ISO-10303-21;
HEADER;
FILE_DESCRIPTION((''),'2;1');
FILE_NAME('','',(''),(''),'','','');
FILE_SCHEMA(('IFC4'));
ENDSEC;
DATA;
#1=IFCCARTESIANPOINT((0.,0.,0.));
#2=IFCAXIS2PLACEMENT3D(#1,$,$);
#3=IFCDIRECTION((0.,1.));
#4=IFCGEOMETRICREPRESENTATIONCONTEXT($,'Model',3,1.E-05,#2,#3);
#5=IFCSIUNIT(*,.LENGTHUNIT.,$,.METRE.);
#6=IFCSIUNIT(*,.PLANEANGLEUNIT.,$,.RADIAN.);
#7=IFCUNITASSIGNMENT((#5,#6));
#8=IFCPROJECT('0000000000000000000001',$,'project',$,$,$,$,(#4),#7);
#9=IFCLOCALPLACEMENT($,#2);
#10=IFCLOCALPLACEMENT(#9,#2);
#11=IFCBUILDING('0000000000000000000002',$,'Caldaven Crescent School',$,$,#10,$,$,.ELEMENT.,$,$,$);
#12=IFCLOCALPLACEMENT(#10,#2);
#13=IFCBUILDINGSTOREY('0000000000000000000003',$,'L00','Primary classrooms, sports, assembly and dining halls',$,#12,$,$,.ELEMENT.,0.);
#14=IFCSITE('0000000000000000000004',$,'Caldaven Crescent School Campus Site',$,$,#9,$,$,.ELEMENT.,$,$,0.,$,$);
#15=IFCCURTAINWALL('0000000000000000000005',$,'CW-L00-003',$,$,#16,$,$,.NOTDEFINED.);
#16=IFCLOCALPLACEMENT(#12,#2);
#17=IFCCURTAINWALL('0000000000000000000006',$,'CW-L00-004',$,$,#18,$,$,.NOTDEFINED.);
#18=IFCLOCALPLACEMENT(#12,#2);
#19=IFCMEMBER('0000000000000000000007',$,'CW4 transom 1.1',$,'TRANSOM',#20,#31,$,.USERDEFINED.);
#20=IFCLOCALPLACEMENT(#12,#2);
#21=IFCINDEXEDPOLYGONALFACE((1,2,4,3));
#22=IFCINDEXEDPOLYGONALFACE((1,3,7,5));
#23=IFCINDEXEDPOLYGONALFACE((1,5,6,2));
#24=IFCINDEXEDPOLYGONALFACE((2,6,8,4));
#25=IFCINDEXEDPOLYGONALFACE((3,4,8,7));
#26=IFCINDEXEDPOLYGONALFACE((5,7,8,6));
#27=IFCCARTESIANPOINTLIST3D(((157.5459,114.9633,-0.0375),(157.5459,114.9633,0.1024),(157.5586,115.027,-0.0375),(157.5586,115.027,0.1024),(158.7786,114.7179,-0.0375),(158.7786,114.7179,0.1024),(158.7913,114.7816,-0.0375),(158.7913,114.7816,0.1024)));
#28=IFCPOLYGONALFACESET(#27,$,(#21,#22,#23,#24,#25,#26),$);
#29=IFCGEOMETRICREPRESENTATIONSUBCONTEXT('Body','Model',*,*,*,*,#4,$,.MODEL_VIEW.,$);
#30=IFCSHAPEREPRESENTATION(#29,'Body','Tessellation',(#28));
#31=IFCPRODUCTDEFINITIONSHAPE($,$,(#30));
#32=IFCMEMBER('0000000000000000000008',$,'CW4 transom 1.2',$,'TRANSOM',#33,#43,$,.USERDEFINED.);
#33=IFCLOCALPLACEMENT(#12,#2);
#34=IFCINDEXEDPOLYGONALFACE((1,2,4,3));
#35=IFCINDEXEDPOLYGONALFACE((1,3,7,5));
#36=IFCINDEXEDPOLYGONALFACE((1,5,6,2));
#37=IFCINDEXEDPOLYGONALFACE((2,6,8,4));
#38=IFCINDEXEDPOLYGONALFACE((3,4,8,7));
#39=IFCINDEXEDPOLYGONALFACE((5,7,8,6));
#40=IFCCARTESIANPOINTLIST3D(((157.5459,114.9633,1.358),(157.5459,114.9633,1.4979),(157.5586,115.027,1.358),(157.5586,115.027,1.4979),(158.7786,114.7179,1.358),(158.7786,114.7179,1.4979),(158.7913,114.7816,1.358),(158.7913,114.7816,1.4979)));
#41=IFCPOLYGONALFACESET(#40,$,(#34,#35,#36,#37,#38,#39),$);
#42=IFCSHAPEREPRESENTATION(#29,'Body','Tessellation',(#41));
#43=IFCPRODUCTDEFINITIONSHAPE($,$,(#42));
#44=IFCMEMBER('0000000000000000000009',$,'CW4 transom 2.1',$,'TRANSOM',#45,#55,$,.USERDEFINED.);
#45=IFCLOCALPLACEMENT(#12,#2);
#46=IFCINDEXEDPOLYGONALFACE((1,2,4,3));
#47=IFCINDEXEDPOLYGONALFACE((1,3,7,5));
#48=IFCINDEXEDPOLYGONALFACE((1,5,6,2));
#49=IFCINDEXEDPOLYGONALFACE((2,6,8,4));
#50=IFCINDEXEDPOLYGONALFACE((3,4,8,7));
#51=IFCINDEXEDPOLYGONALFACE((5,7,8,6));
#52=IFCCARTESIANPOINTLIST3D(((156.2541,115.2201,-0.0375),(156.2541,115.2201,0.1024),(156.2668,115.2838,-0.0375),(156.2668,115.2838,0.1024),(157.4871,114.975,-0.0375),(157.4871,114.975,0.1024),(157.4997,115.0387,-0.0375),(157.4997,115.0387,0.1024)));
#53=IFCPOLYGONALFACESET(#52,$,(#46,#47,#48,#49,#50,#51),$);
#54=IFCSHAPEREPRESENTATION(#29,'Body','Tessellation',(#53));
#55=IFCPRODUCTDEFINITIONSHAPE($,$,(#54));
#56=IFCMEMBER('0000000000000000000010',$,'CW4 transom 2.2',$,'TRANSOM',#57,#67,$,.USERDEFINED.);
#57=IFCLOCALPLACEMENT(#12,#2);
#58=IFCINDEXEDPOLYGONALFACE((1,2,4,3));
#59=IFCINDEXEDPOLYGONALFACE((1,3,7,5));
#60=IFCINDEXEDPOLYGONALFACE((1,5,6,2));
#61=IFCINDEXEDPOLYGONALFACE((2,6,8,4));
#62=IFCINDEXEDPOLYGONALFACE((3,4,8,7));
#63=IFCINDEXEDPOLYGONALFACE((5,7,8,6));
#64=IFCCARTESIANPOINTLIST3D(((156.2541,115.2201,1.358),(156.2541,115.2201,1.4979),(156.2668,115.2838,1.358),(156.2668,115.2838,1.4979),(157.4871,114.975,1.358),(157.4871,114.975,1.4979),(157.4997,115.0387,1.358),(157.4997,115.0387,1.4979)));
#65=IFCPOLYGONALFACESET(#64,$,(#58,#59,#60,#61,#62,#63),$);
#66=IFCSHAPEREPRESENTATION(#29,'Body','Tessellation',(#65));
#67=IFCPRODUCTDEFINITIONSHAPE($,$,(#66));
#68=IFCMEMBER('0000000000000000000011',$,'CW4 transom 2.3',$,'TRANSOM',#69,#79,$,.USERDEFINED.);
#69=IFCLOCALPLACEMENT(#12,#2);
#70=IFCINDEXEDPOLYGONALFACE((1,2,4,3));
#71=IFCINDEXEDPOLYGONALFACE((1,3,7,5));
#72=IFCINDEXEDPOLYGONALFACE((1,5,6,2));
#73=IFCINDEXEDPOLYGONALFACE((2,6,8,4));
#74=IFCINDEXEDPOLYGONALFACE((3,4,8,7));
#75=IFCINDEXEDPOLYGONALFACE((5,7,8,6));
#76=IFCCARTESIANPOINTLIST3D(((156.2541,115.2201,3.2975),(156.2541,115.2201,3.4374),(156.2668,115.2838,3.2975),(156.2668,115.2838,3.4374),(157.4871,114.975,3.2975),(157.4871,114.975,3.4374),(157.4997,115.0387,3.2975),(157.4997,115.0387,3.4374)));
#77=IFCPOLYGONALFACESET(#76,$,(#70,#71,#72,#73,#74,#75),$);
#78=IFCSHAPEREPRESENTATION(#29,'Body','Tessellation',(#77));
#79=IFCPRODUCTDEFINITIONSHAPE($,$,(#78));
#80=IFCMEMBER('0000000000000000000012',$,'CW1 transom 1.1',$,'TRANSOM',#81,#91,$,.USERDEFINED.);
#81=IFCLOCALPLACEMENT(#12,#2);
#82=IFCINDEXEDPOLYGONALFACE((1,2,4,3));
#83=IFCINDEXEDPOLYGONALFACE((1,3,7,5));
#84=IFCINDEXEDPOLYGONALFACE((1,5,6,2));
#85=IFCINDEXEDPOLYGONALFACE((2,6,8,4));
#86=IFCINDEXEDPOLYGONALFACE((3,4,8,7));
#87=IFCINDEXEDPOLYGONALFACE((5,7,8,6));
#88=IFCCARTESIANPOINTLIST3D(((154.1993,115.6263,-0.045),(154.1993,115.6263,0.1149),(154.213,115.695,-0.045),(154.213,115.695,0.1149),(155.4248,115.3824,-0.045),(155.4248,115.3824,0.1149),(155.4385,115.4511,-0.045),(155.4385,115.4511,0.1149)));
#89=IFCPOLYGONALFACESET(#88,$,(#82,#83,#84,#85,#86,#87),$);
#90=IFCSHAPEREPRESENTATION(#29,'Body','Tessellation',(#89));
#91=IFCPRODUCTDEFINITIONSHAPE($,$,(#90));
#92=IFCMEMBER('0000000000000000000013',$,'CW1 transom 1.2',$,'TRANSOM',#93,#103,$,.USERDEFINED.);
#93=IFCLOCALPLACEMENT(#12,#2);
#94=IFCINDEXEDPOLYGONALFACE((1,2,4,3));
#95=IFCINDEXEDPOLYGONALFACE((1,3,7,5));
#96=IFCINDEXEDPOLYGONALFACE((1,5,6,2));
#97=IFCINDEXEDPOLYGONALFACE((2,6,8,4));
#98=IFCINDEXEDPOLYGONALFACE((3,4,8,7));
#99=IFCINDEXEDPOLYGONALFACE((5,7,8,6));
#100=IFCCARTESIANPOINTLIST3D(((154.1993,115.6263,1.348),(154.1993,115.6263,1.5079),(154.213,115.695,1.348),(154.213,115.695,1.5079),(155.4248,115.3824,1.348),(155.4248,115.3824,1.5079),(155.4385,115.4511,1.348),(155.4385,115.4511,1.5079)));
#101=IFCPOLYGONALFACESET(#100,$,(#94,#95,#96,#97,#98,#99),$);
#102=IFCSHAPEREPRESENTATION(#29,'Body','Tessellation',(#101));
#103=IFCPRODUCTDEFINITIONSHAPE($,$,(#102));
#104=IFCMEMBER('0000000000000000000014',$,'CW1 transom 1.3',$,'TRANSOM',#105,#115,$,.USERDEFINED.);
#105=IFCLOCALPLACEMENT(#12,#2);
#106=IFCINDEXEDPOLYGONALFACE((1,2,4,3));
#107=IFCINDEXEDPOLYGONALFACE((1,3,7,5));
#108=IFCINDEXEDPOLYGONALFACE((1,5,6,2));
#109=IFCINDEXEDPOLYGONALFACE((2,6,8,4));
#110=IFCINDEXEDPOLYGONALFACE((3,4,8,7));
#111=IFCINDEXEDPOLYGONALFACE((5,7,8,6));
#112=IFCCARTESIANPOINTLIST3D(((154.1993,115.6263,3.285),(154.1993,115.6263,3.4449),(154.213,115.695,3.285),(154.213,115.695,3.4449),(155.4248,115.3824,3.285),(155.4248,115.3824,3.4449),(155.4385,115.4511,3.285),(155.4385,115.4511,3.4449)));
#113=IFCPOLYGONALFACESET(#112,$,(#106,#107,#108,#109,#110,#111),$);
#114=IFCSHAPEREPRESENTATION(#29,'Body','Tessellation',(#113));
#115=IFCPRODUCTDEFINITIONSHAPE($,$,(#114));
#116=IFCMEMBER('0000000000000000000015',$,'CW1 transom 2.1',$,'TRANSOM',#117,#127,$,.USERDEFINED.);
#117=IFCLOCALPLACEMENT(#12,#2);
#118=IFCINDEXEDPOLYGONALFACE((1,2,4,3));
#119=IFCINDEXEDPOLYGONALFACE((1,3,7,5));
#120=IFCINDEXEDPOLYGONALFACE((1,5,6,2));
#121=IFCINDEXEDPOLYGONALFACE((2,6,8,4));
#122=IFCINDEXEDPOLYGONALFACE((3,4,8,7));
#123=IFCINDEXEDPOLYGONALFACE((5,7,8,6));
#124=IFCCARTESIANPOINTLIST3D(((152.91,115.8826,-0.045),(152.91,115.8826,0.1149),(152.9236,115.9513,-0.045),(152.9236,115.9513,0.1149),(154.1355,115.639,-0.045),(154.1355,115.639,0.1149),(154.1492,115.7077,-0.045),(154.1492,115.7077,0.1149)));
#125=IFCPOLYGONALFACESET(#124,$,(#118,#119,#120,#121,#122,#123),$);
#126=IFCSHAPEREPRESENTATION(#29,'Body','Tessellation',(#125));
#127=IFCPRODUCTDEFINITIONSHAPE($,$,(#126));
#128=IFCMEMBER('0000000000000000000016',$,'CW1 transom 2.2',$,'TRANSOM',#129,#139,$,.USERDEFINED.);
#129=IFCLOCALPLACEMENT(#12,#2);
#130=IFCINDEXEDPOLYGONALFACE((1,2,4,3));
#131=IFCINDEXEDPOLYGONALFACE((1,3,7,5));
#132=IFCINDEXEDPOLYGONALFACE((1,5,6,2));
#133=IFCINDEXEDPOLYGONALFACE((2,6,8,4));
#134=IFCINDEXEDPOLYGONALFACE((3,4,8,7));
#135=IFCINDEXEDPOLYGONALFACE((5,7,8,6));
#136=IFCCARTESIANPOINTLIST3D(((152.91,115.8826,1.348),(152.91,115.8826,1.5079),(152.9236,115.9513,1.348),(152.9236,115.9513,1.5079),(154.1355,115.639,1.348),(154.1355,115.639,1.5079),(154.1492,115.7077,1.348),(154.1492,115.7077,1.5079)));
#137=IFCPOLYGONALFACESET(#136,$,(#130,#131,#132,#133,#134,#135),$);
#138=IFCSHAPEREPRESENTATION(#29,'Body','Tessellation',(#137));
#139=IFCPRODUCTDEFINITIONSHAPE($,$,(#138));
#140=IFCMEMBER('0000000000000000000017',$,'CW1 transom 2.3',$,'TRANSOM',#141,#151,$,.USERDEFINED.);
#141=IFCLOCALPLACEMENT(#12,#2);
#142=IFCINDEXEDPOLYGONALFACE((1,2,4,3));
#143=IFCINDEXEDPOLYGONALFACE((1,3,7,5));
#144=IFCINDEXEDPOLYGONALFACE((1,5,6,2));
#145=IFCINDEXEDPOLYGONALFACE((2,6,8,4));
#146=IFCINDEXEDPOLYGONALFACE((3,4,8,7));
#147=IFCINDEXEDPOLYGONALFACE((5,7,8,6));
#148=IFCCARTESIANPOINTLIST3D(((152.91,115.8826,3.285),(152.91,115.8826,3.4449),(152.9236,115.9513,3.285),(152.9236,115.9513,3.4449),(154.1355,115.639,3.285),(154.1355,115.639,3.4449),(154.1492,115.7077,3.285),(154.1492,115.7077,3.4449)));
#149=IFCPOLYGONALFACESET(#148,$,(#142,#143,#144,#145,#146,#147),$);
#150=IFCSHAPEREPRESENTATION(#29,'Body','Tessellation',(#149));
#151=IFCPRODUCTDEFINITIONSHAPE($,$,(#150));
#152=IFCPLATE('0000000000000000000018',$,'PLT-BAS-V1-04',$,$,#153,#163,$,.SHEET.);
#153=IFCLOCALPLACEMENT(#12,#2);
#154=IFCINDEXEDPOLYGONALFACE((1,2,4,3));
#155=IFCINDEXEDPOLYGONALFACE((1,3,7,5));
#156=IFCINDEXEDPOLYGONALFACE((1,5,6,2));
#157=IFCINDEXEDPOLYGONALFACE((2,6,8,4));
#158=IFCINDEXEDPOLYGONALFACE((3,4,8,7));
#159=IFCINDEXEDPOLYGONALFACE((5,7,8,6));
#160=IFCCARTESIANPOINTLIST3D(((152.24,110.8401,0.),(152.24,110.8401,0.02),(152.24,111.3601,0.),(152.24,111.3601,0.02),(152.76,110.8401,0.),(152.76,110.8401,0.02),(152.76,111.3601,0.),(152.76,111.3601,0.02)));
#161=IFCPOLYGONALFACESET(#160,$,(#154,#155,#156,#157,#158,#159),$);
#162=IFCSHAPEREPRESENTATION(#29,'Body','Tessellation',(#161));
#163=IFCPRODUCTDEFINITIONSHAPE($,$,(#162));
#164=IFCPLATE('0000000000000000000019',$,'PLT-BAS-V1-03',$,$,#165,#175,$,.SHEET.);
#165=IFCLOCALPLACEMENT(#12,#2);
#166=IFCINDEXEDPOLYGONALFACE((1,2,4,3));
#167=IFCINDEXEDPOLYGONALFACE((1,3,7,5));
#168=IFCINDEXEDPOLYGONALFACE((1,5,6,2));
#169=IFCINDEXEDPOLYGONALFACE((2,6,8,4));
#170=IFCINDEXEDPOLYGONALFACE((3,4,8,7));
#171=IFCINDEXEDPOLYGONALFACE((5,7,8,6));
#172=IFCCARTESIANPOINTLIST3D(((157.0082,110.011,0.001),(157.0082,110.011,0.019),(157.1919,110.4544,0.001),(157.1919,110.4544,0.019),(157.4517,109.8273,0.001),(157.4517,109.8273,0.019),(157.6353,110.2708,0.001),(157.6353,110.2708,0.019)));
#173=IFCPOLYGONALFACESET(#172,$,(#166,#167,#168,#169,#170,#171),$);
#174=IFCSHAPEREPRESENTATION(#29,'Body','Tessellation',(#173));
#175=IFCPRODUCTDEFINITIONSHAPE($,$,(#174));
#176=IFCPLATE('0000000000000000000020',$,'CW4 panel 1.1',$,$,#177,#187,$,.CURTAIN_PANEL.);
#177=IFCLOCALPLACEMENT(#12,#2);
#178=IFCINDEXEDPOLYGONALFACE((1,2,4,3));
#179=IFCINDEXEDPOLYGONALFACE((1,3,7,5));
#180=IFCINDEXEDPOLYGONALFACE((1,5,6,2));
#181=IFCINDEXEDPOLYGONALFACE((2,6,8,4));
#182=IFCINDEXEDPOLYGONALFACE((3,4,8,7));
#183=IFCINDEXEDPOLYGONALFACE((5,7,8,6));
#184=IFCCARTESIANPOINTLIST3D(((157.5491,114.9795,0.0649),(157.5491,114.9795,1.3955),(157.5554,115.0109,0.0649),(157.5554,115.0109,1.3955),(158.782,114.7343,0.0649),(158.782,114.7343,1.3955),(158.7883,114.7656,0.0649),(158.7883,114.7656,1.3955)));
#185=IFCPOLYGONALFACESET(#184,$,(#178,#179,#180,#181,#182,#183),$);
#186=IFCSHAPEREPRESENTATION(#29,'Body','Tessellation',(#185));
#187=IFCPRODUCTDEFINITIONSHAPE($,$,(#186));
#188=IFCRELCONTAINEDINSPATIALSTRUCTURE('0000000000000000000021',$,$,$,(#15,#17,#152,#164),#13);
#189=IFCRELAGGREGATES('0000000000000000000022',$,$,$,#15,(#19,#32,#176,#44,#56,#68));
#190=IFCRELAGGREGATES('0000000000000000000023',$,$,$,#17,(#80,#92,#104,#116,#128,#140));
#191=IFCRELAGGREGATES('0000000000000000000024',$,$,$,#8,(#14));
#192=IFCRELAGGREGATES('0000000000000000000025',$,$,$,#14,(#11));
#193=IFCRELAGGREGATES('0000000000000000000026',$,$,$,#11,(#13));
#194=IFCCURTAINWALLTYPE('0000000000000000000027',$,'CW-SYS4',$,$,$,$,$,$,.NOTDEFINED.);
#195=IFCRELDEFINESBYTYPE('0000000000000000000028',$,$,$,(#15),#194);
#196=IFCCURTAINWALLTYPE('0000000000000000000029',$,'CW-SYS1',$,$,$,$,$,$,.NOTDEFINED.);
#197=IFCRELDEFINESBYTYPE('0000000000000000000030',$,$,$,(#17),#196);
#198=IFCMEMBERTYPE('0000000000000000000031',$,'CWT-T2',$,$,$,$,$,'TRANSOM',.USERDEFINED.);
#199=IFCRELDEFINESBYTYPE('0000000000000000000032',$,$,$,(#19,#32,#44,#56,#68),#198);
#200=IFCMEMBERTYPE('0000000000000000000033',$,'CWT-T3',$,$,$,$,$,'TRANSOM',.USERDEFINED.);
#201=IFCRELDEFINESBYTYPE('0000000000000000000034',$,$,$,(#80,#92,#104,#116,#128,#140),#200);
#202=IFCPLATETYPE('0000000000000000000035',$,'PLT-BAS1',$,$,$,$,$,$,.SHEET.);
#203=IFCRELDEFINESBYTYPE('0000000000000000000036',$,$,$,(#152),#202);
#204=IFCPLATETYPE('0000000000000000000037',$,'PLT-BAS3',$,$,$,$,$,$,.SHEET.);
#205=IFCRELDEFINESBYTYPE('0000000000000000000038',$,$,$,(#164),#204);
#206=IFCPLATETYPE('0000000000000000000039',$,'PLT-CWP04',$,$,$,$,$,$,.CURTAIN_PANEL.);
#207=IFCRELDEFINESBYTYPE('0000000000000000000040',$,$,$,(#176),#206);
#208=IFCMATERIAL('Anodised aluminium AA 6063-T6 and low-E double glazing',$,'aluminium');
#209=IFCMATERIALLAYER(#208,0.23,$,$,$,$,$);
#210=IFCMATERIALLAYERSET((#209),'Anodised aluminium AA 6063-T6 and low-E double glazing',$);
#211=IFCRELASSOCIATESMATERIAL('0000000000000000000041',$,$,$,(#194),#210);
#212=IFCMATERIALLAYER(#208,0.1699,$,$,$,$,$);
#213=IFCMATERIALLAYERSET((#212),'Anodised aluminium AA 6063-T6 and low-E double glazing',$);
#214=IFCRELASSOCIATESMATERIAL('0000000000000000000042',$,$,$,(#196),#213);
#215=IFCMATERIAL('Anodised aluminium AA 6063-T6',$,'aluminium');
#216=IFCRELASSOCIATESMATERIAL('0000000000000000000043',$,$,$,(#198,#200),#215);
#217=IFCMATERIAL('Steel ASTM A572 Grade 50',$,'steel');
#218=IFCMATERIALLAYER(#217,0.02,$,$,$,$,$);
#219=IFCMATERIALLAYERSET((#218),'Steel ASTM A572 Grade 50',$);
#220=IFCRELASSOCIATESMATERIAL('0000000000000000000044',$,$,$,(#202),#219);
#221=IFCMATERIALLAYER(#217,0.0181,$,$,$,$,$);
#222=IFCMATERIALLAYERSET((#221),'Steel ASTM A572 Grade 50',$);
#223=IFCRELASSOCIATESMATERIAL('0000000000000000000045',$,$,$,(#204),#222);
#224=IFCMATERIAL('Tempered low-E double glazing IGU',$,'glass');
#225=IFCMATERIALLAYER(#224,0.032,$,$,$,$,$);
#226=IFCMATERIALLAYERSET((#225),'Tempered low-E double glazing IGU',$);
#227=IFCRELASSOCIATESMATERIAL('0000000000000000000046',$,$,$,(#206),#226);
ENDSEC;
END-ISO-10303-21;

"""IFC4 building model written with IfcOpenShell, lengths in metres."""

from ifc_helpers import new_model, si_unit, direction, frame, origin, origin_2d, place, context, subcontext, project, spatial, rectangle, extrude, material, layer, layer_set, material_profile, profile_set, type_object, element, aggregate, save


model = new_model("IFC4")

# Units and contexts
model_context = context("Model", 3, precision=1e-05, world=origin(), true_north=direction((0.0, 1.0)))
body_context = subcontext(model_context, "Body", "Model", "MODEL_VIEW")
ifc_project = project(units=[si_unit("LENGTHUNIT", "METRE"), si_unit("PLANEANGLEUNIT", "RADIAN")], contexts=[model_context])

# Site, building, storey
site_placement = place(None, origin())
site = spatial("IfcSite", under=ifc_project, at=site_placement, Name="Caldaven Crescent School Campus Site", CompositionType="ELEMENT", RefElevation=0.0)
building_placement = place(site_placement, origin())
building = spatial("IfcBuilding", under=site, at=building_placement, Name="Caldaven Crescent School", CompositionType="ELEMENT")
storey_placement = place(building_placement, origin())
storey = spatial("IfcBuildingStorey", under=building, at=storey_placement, Name="L00", Description="Primary classrooms, sports, assembly and dining halls", CompositionType="ELEMENT", Elevation=0.0)

# Curtain walls
ifc_material_1 = material(Name="Anodised aluminium AA 6063-T6 and low-E double glazing", Category="aluminium")
ifc_layer_1 = layer(ifc_material_1, 0.23)
ifc_layer_set_1 = layer_set([ifc_layer_1], Name="Anodised aluminium AA 6063-T6 and low-E double glazing")
curtain_wall_type_1 = type_object("IfcCurtainWallType", Name="CW-SYS4", PredefinedType="NOTDEFINED", material=ifc_layer_set_1)
curtain_wall_1_placement = place(storey_placement, origin())
curtain_wall_1 = element("IfcCurtainWall", 1, at=curtain_wall_1_placement, inside=storey, type_object=curtain_wall_type_1, Name="CW-L00-003", PredefinedType="NOTDEFINED")
ifc_material_2 = material(Name="Anodised aluminium AA 6063-T6", Category="aluminium")
ifc_layer_2 = layer(ifc_material_1, 0.1699)
ifc_layer_set_2 = layer_set([ifc_layer_2], Name="Anodised aluminium AA 6063-T6 and low-E double glazing")
curtain_wall_type_2 = type_object("IfcCurtainWallType", Name="CW-SYS1", PredefinedType="NOTDEFINED", material=ifc_layer_set_2)
curtain_wall_2_placement = place(storey_placement, origin())
curtain_wall_2 = element("IfcCurtainWall", 2, at=curtain_wall_2_placement, inside=storey, type_object=curtain_wall_type_2, Name="CW-L00-004", PredefinedType="NOTDEFINED")

# Members
ifc_material_profile_1 = material_profile(ifc_material_2, rectangle(XDim=0.0649, YDim=0.1399, at=origin_2d()), Name="CWT 65x140")
ifc_profile_set_1 = profile_set([ifc_material_profile_1], Name="Anodised aluminium AA 6063-T6")
member_type_1 = type_object("IfcMemberType", Name="CWT-T2", ElementType="TRANSOM", PredefinedType="USERDEFINED", material=ifc_profile_set_1)
member_1_placement = place(storey_placement, frame((158.7849, 114.7498, 0.0325), z_axis=(-0.98076, 0.19522, 0.0), x_axis=(-0.19522, -0.98076, 0.0)))
member_1 = element("IfcMember", 3, at=member_1_placement, type_object=member_type_1, Name="CW4 transom 1.1", ObjectType="TRANSOM", PredefinedType="USERDEFINED", context=body_context, shape_type="SweptSolid", body=[
    extrude(rectangle(XDim=0.0649, YDim=0.1399, at=origin_2d()), origin(), (0.0, 0.0, 1.0), 1.2568),
])
member_2_placement = place(storey_placement, frame((158.7849, 114.7498, 1.428), z_axis=(-0.98076, 0.19522, 0.0), x_axis=(-0.19522, -0.98076, 0.0)))
member_2 = element("IfcMember", 4, at=member_2_placement, type_object=member_type_1, Name="CW4 transom 1.2", ObjectType="TRANSOM", PredefinedType="USERDEFINED", context=body_context, shape_type="SweptSolid", body=[
    extrude(rectangle(XDim=0.0649, YDim=0.1399, at=origin_2d()), origin(), (0.0, 0.0, 1.0), 1.2568),
])
member_3_placement = place(storey_placement, frame((157.4934, 115.0068, 0.0325), z_axis=(-0.980804, 0.194996, 0.0), x_axis=(-0.194996, -0.980804, 0.0)))
member_3 = element("IfcMember", 5, at=member_3_placement, type_object=member_type_1, Name="CW4 transom 2.1", ObjectType="TRANSOM", PredefinedType="USERDEFINED", context=body_context, shape_type="SweptSolid", body=[
    extrude(rectangle(XDim=0.0649, YDim=0.1399, at=origin_2d()), origin(), (0.0, 0.0, 1.0), 1.2571),
])
member_4_placement = place(storey_placement, frame((157.4934, 115.0068, 1.428), z_axis=(-0.980804, 0.194996, 0.0), x_axis=(-0.194996, -0.980804, 0.0)))
member_4 = element("IfcMember", 6, at=member_4_placement, type_object=member_type_1, Name="CW4 transom 2.2", ObjectType="TRANSOM", PredefinedType="USERDEFINED", context=body_context, shape_type="SweptSolid", body=[
    extrude(rectangle(XDim=0.0649, YDim=0.1399, at=origin_2d()), origin(), (0.0, 0.0, 1.0), 1.2571),
])
member_5_placement = place(storey_placement, frame((157.4934, 115.0068, 3.3674), z_axis=(-0.980804, 0.194996, 0.0), x_axis=(-0.194996, -0.980804, 0.0)))
member_5 = element("IfcMember", 7, at=member_5_placement, type_object=member_type_1, Name="CW4 transom 2.3", ObjectType="TRANSOM", PredefinedType="USERDEFINED", context=body_context, shape_type="SweptSolid", body=[
    extrude(rectangle(XDim=0.0649, YDim=0.1399, at=origin_2d()), origin(), (0.0, 0.0, 1.0), 1.2571),
])
ifc_material_profile_2 = material_profile(ifc_material_2, rectangle(XDim=0.0701, YDim=0.1599, at=origin_2d()), Name="CWT 70x160")
ifc_profile_set_2 = profile_set([ifc_material_profile_2], Name="Anodised aluminium AA 6063-T6")
member_type_2 = type_object("IfcMemberType", Name="CWT-T3", ElementType="TRANSOM", PredefinedType="USERDEFINED", material=ifc_profile_set_2)
member_6_placement = place(storey_placement, frame((155.4316, 115.4167, 0.0349), z_axis=(-0.980768, 0.195177, 0.0), x_axis=(-0.195177, -0.980768, 0.0)))
member_6 = element("IfcMember", 8, at=member_6_placement, type_object=member_type_2, Name="CW1 transom 1.1", ObjectType="TRANSOM", PredefinedType="USERDEFINED", context=body_context, shape_type="SweptSolid", body=[
    extrude(rectangle(XDim=0.0701, YDim=0.1599, at=origin_2d()), origin(), (0.0, 0.0, 1.0), 1.2495),
])
member_7_placement = place(storey_placement, frame((155.4316, 115.4167, 1.428), z_axis=(-0.980768, 0.195177, 0.0), x_axis=(-0.195177, -0.980768, 0.0)))
member_7 = element("IfcMember", 9, at=member_7_placement, type_object=member_type_2, Name="CW1 transom 1.2", ObjectType="TRANSOM", PredefinedType="USERDEFINED", context=body_context, shape_type="SweptSolid", body=[
    extrude(rectangle(XDim=0.0701, YDim=0.1599, at=origin_2d()), origin(), (0.0, 0.0, 1.0), 1.2495),
])
member_8_placement = place(storey_placement, frame((155.4316, 115.4167, 3.365), z_axis=(-0.980768, 0.195177, 0.0), x_axis=(-0.195177, -0.980768, 0.0)))
member_8 = element("IfcMember", 10, at=member_8_placement, type_object=member_type_2, Name="CW1 transom 1.3", ObjectType="TRANSOM", PredefinedType="USERDEFINED", context=body_context, shape_type="SweptSolid", body=[
    extrude(rectangle(XDim=0.0701, YDim=0.1599, at=origin_2d()), origin(), (0.0, 0.0, 1.0), 1.2495),
])
member_9_placement = place(storey_placement, frame((154.1423, 115.6733, 0.0349), z_axis=(-0.980805, 0.194989, 0.0), x_axis=(-0.194989, -0.980805, 0.0)))
member_9 = element("IfcMember", 11, at=member_9_placement, type_object=member_type_2, Name="CW1 transom 2.1", ObjectType="TRANSOM", PredefinedType="USERDEFINED", context=body_context, shape_type="SweptSolid", body=[
    extrude(rectangle(XDim=0.0701, YDim=0.1599, at=origin_2d()), origin(), (0.0, 0.0, 1.0), 1.2495),
])
member_10_placement = place(storey_placement, frame((154.1423, 115.6733, 1.428), z_axis=(-0.980805, 0.194989, 0.0), x_axis=(-0.194989, -0.980805, 0.0)))
member_10 = element("IfcMember", 12, at=member_10_placement, type_object=member_type_2, Name="CW1 transom 2.2", ObjectType="TRANSOM", PredefinedType="USERDEFINED", context=body_context, shape_type="SweptSolid", body=[
    extrude(rectangle(XDim=0.0701, YDim=0.1599, at=origin_2d()), origin(), (0.0, 0.0, 1.0), 1.2495),
])
member_11_placement = place(storey_placement, frame((154.1423, 115.6733, 3.365), z_axis=(-0.980805, 0.194989, 0.0), x_axis=(-0.194989, -0.980805, 0.0)))
member_11 = element("IfcMember", 13, at=member_11_placement, type_object=member_type_2, Name="CW1 transom 2.3", ObjectType="TRANSOM", PredefinedType="USERDEFINED", context=body_context, shape_type="SweptSolid", body=[
    extrude(rectangle(XDim=0.0701, YDim=0.1599, at=origin_2d()), origin(), (0.0, 0.0, 1.0), 1.2495),
])

# Plates
ifc_material_3 = material(Name="Steel ASTM A572 Grade 50", Category="steel")
ifc_layer_3 = layer(ifc_material_3, 0.02)
ifc_layer_set_3 = layer_set([ifc_layer_3], Name="Steel ASTM A572 Grade 50")
plate_type_1 = type_object("IfcPlateType", Name="PLT-BAS1", PredefinedType="SHEET", material=ifc_layer_set_3)
plate_1_placement = place(storey_placement, frame((152.5, 111.1001, 0.0), z_axis=(0.0, 0.0, 1.0), x_axis=(0.0, 1.0, 0.0)))
element("IfcPlate", 14, at=plate_1_placement, inside=storey, type_object=plate_type_1, Name="PLT-BAS-V1-04", PredefinedType="SHEET", context=body_context, shape_type="SweptSolid", body=[
    extrude(rectangle(XDim=0.52, YDim=0.52, at=origin_2d()), origin(), (0.0, 0.0, 1.0), 0.02),
])
ifc_layer_4 = layer(ifc_material_3, 0.0181)
ifc_layer_set_4 = layer_set([ifc_layer_4], Name="Steel ASTM A572 Grade 50")
plate_type_2 = type_object("IfcPlateType", Name="PLT-BAS3", PredefinedType="SHEET", material=ifc_layer_set_4)
plate_2_placement = place(storey_placement, frame((157.3218, 110.1409, 0.001), z_axis=(0.0, 0.0, 1.0), x_axis=(0.382683, 0.92388, 0.0)))
element("IfcPlate", 15, at=plate_2_placement, inside=storey, type_object=plate_type_2, Name="PLT-BAS-V1-03", PredefinedType="SHEET", context=body_context, shape_type="SweptSolid", body=[
    extrude(rectangle(XDim=0.48, YDim=0.48, at=origin_2d()), origin(), (0.0, 0.0, 1.0), 0.0181),
])

# Plate
ifc_material_4 = material(Name="Tempered low-E double glazing IGU", Category="glass")
ifc_layer_5 = layer(ifc_material_4, 0.032)
ifc_layer_set_5 = layer_set([ifc_layer_5], Name="Tempered low-E double glazing IGU")
plate_type_3 = type_object("IfcPlateType", Name="PLT-CWP04", PredefinedType="CURTAIN_PANEL", material=ifc_layer_set_5)
plate_3_placement = place(storey_placement, frame((158.1687, 114.8726, 0.0649), z_axis=(0.0, 0.0, 1.0), x_axis=(-0.980785, 0.19509, 0.0)))
plate_3 = element("IfcPlate", 16, at=plate_3_placement, type_object=plate_type_3, Name="CW4 panel 1.1", PredefinedType="CURTAIN_PANEL", context=body_context, shape_type="SweptSolid", body=[
    extrude(rectangle(XDim=1.2571, YDim=0.032, at=origin_2d()), origin(), (0.0, 0.0, 1.0), 1.3306),
])
aggregate(curtain_wall_1, [member_1, member_2, plate_3, member_3, member_4, member_5])
aggregate(curtain_wall_2, [member_6, member_7, member_8, member_9, member_10, member_11])

save(model, "model.ifc")
